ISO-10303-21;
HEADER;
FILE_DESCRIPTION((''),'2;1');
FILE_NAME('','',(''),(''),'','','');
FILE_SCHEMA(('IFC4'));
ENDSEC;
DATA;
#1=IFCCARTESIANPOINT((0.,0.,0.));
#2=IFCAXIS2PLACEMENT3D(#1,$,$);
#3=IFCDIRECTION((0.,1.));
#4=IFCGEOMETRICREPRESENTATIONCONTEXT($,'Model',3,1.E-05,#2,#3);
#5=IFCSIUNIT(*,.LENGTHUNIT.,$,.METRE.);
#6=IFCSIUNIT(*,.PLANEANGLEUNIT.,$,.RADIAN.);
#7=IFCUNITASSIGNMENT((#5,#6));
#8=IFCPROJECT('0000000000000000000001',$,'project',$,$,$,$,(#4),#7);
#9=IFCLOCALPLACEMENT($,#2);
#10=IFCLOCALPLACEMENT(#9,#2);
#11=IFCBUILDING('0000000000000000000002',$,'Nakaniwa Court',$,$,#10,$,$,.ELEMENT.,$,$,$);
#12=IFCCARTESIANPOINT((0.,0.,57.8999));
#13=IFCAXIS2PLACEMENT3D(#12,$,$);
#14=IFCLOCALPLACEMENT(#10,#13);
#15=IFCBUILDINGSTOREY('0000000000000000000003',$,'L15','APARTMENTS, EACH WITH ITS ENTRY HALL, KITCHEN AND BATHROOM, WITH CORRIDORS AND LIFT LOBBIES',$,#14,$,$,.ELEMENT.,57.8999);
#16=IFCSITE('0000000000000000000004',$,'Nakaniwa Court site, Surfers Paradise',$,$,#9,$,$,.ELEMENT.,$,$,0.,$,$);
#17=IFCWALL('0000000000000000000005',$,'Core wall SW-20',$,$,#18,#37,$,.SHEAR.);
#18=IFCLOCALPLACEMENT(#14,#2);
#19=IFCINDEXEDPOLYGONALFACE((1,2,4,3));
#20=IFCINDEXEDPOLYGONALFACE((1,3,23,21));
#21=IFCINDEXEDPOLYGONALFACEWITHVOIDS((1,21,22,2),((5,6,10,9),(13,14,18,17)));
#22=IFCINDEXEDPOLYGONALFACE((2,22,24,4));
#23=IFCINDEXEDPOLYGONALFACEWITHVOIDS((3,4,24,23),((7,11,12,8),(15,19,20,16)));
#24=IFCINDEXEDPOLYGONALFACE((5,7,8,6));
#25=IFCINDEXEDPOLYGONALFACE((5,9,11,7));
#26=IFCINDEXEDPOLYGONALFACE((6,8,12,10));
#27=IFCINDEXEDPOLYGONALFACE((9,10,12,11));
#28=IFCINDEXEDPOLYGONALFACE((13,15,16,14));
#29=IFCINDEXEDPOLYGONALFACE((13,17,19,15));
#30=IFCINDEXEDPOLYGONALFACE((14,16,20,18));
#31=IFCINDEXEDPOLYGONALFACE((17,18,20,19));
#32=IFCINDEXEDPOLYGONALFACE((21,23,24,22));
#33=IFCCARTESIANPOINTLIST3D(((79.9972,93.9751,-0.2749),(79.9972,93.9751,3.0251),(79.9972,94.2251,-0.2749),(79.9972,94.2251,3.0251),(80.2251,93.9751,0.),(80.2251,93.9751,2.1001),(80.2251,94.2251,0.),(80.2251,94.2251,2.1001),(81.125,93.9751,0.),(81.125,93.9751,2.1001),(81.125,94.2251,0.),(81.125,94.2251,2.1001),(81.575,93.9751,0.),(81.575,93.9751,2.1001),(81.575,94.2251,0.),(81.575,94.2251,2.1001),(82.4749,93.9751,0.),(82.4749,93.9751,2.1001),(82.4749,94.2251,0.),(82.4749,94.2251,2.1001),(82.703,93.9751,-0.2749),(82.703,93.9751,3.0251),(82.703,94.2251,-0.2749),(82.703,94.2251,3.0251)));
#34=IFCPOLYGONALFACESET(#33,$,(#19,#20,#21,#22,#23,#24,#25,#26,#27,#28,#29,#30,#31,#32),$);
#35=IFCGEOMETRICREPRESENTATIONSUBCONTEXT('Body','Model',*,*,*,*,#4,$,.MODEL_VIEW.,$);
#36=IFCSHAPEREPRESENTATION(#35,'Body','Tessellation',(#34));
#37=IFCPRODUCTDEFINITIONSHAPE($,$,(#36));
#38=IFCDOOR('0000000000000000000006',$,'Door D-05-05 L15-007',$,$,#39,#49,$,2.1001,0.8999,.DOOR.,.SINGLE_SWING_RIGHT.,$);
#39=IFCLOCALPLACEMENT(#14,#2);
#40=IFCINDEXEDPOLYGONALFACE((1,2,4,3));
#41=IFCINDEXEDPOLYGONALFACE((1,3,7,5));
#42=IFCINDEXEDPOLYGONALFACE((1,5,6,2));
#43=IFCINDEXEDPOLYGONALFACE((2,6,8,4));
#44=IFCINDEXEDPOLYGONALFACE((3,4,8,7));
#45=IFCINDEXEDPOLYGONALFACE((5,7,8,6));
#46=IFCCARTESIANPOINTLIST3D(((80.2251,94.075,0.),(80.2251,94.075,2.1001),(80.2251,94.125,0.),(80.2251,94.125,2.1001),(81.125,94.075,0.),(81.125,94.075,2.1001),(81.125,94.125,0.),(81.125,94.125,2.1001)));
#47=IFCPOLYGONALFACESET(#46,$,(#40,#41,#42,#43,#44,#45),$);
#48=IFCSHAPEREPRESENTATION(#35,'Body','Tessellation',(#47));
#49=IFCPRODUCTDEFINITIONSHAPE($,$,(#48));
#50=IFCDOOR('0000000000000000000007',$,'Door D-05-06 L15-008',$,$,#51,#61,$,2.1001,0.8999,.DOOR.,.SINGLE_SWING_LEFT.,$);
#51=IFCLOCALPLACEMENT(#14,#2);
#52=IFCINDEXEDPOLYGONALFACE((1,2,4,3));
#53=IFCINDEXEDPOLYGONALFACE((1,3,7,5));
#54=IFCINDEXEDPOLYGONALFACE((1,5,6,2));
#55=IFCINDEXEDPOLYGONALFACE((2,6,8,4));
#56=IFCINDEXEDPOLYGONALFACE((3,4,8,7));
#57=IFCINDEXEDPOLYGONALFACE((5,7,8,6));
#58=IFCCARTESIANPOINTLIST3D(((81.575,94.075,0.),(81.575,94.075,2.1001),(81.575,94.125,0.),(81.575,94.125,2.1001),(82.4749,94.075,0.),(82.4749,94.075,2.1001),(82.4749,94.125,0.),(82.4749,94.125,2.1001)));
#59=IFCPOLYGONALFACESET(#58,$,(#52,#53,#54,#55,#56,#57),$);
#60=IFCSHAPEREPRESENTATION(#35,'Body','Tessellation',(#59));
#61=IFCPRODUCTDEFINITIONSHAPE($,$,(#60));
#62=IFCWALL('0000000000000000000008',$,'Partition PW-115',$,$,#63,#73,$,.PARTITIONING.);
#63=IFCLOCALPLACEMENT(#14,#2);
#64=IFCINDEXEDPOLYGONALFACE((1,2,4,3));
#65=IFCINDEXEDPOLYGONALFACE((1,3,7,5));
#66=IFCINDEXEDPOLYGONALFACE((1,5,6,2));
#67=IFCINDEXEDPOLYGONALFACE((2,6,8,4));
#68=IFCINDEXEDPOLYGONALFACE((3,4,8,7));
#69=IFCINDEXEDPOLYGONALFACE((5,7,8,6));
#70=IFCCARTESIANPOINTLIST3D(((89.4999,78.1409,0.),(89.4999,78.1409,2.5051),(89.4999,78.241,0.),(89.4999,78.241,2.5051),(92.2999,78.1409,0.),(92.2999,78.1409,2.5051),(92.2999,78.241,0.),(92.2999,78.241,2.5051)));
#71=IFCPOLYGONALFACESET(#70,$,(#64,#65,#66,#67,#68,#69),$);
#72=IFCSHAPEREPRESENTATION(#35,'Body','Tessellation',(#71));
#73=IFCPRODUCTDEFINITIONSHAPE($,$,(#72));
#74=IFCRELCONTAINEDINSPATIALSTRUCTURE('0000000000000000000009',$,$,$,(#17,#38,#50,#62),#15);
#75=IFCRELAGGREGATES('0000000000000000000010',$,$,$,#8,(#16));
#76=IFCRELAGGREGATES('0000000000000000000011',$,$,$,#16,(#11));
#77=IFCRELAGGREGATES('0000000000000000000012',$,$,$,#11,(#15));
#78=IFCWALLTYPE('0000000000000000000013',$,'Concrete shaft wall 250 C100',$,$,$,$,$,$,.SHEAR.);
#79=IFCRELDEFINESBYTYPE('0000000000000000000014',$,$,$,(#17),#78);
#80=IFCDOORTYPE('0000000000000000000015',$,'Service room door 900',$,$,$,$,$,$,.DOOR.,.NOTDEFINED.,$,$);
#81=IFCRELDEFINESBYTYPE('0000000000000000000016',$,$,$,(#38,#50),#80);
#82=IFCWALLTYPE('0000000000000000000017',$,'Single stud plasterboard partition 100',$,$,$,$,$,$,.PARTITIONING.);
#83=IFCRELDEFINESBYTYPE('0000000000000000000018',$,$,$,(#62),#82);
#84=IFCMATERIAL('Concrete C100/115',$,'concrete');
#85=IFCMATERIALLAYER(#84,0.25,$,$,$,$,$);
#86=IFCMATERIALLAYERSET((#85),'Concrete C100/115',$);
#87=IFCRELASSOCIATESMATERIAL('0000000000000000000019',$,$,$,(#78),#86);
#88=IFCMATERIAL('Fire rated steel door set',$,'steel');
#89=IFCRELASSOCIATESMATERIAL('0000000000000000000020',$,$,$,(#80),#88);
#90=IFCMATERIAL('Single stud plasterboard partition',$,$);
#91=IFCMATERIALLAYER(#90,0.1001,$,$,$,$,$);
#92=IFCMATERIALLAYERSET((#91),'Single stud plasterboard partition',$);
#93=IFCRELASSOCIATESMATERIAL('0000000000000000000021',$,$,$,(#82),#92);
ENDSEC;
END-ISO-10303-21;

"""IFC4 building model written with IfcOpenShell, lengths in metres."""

from ifc_helpers import new_model, si_unit, direction, frame, frame_2d, origin, place, context, subcontext, project, spatial, rectangle, extrude, material, layer, layer_set, type_object, element, fill, save


model = new_model("IFC4")

# Units and contexts
model_context = context("Model", 3, precision=1e-05, world=origin(), true_north=direction((0.0, 1.0)))
body_context = subcontext(model_context, "Body", "Model", "MODEL_VIEW")
ifc_project = project(units=[si_unit("LENGTHUNIT", "METRE"), si_unit("PLANEANGLEUNIT", "RADIAN")], contexts=[model_context])

# Site, building, storey
site_placement = place(None, origin())
site = spatial("IfcSite", under=ifc_project, at=site_placement, Name="Nakaniwa Court site, Surfers Paradise", CompositionType="ELEMENT", RefElevation=0.0)
building_placement = place(site_placement, origin())
building = spatial("IfcBuilding", under=site, at=building_placement, Name="Nakaniwa Court", CompositionType="ELEMENT")
storey_placement = place(building_placement, frame((0.0, 0.0, 57.8999)))
storey = spatial("IfcBuildingStorey", under=building, at=storey_placement, Name="L15", Description="APARTMENTS, EACH WITH ITS ENTRY HALL, KITCHEN AND BATHROOM, WITH CORRIDORS AND LIFT LOBBIES", CompositionType="ELEMENT", Elevation=57.8999)

# Shared definitions
ifc_material_1 = material(Name="Concrete C100/115", Category="concrete")

# Shared definitions
ifc_layer_1 = layer(ifc_material_1, 0.25)
ifc_layer_set_1 = layer_set([ifc_layer_1], Name="Concrete C100/115")
wall_type_1 = type_object("IfcWallType", Name="Concrete shaft wall 250 C100", PredefinedType="SHEAR", material=ifc_layer_set_1)

# Shared definitions
ifc_material_2 = material(Name="Fire rated steel door set", Category="steel")
door_type_1 = type_object("IfcDoorType", Name="Service room door 900", OperationType="NOTDEFINED", PredefinedType="DOOR", material=ifc_material_2)

# Wall, openings, doors
wall_1_placement = place(storey_placement, frame((79.9971, 94.1001, -0.2749), z_axis=(0.0, 0.0, 1.0), x_axis=(1.0, 0.0, 0.0)))
wall_1 = element("IfcWall", 1, at=wall_1_placement, inside=storey, type_object=wall_type_1, Name="Core wall SW-20", PredefinedType="SHEAR", context=body_context, shape_type="SweptSolid", body=[
    extrude(rectangle(XDim=2.7058, YDim=0.25, at=frame_2d((1.353, 0.0))), origin(), (0.0, 0.0, 1.0), 3.3),
])
opening_1_placement = place(wall_1_placement, frame((0.228, 0.0, 0.2749)))
opening_1 = element("IfcOpeningElement", 2, at=opening_1_placement, cuts=wall_1, PredefinedType="OPENING", context=body_context, shape_type="SweptSolid", body=[
    extrude(rectangle(XDim=0.8999, YDim=2.1001, at=frame_2d((0.45, 1.05))), frame((0.0, 0.135, 0.0), z_axis=(0.0, -1.0, 0.0), x_axis=(1.0, 0.0, 0.0)), (0.0, 0.0, 1.0), 0.27),
])
opening_2_placement = place(wall_1_placement, frame((1.5779, 0.0, 0.2749)))
opening_2 = element("IfcOpeningElement", 3, at=opening_2_placement, cuts=wall_1, PredefinedType="OPENING", context=body_context, shape_type="SweptSolid", body=[
    extrude(rectangle(XDim=0.8999, YDim=2.1001, at=frame_2d((0.45, 1.05))), frame((0.0, 0.135, 0.0), z_axis=(0.0, -1.0, 0.0), x_axis=(1.0, 0.0, 0.0)), (0.0, 0.0, 1.0), 0.27),
])
door_1_placement = place(opening_1_placement, origin())
door_1 = element("IfcDoor", 4, at=door_1_placement, inside=storey, type_object=door_type_1, Name="Door D-05-05 L15-007", OperationType="SINGLE_SWING_RIGHT", OverallHeight=2.1001, OverallWidth=0.8999, PredefinedType="DOOR", context=body_context, shape_type="SweptSolid", body=[
    extrude(rectangle(XDim=0.8999, YDim=2.1001, at=frame_2d((0.45, 1.05))), frame((0.0, 0.0249, 0.0), z_axis=(0.0, -1.0, 0.0), x_axis=(1.0, 0.0, 0.0)), (0.0, 0.0, 1.0), 0.05),
])
fill(opening_1, door_1)
door_2_placement = place(opening_2_placement, origin())
door_2 = element("IfcDoor", 5, at=door_2_placement, inside=storey, type_object=door_type_1, Name="Door D-05-06 L15-008", OperationType="SINGLE_SWING_LEFT", OverallHeight=2.1001, OverallWidth=0.8999, PredefinedType="DOOR", context=body_context, shape_type="SweptSolid", body=[
    extrude(rectangle(XDim=0.8999, YDim=2.1001, at=frame_2d((0.45, 1.05))), frame((0.0, 0.0249, 0.0), z_axis=(0.0, -1.0, 0.0), x_axis=(1.0, 0.0, 0.0)), (0.0, 0.0, 1.0), 0.05),
])
fill(opening_2, door_2)

# Wall
ifc_material_3 = material(Name="Single stud plasterboard partition")
ifc_layer_2 = layer(ifc_material_3, 0.1001)
ifc_layer_set_2 = layer_set([ifc_layer_2], Name="Single stud plasterboard partition")
wall_type_2 = type_object("IfcWallType", Name="Single stud plasterboard partition 100", PredefinedType="PARTITIONING", material=ifc_layer_set_2)
wall_2_placement = place(storey_placement, frame((89.5, 78.1909, 0.0), z_axis=(0.0, 0.0, 1.0), x_axis=(1.0, 0.0, 0.0)))
element("IfcWall", 6, at=wall_2_placement, inside=storey, type_object=wall_type_2, Name="Partition PW-115", PredefinedType="PARTITIONING", context=body_context, shape_type="SweptSolid", body=[
    extrude(rectangle(XDim=2.8, YDim=0.1001, at=frame_2d((1.3999, 0.0))), origin(), (0.0, 0.0, 1.0), 2.5051),
])

save(model, "model.ifc")
